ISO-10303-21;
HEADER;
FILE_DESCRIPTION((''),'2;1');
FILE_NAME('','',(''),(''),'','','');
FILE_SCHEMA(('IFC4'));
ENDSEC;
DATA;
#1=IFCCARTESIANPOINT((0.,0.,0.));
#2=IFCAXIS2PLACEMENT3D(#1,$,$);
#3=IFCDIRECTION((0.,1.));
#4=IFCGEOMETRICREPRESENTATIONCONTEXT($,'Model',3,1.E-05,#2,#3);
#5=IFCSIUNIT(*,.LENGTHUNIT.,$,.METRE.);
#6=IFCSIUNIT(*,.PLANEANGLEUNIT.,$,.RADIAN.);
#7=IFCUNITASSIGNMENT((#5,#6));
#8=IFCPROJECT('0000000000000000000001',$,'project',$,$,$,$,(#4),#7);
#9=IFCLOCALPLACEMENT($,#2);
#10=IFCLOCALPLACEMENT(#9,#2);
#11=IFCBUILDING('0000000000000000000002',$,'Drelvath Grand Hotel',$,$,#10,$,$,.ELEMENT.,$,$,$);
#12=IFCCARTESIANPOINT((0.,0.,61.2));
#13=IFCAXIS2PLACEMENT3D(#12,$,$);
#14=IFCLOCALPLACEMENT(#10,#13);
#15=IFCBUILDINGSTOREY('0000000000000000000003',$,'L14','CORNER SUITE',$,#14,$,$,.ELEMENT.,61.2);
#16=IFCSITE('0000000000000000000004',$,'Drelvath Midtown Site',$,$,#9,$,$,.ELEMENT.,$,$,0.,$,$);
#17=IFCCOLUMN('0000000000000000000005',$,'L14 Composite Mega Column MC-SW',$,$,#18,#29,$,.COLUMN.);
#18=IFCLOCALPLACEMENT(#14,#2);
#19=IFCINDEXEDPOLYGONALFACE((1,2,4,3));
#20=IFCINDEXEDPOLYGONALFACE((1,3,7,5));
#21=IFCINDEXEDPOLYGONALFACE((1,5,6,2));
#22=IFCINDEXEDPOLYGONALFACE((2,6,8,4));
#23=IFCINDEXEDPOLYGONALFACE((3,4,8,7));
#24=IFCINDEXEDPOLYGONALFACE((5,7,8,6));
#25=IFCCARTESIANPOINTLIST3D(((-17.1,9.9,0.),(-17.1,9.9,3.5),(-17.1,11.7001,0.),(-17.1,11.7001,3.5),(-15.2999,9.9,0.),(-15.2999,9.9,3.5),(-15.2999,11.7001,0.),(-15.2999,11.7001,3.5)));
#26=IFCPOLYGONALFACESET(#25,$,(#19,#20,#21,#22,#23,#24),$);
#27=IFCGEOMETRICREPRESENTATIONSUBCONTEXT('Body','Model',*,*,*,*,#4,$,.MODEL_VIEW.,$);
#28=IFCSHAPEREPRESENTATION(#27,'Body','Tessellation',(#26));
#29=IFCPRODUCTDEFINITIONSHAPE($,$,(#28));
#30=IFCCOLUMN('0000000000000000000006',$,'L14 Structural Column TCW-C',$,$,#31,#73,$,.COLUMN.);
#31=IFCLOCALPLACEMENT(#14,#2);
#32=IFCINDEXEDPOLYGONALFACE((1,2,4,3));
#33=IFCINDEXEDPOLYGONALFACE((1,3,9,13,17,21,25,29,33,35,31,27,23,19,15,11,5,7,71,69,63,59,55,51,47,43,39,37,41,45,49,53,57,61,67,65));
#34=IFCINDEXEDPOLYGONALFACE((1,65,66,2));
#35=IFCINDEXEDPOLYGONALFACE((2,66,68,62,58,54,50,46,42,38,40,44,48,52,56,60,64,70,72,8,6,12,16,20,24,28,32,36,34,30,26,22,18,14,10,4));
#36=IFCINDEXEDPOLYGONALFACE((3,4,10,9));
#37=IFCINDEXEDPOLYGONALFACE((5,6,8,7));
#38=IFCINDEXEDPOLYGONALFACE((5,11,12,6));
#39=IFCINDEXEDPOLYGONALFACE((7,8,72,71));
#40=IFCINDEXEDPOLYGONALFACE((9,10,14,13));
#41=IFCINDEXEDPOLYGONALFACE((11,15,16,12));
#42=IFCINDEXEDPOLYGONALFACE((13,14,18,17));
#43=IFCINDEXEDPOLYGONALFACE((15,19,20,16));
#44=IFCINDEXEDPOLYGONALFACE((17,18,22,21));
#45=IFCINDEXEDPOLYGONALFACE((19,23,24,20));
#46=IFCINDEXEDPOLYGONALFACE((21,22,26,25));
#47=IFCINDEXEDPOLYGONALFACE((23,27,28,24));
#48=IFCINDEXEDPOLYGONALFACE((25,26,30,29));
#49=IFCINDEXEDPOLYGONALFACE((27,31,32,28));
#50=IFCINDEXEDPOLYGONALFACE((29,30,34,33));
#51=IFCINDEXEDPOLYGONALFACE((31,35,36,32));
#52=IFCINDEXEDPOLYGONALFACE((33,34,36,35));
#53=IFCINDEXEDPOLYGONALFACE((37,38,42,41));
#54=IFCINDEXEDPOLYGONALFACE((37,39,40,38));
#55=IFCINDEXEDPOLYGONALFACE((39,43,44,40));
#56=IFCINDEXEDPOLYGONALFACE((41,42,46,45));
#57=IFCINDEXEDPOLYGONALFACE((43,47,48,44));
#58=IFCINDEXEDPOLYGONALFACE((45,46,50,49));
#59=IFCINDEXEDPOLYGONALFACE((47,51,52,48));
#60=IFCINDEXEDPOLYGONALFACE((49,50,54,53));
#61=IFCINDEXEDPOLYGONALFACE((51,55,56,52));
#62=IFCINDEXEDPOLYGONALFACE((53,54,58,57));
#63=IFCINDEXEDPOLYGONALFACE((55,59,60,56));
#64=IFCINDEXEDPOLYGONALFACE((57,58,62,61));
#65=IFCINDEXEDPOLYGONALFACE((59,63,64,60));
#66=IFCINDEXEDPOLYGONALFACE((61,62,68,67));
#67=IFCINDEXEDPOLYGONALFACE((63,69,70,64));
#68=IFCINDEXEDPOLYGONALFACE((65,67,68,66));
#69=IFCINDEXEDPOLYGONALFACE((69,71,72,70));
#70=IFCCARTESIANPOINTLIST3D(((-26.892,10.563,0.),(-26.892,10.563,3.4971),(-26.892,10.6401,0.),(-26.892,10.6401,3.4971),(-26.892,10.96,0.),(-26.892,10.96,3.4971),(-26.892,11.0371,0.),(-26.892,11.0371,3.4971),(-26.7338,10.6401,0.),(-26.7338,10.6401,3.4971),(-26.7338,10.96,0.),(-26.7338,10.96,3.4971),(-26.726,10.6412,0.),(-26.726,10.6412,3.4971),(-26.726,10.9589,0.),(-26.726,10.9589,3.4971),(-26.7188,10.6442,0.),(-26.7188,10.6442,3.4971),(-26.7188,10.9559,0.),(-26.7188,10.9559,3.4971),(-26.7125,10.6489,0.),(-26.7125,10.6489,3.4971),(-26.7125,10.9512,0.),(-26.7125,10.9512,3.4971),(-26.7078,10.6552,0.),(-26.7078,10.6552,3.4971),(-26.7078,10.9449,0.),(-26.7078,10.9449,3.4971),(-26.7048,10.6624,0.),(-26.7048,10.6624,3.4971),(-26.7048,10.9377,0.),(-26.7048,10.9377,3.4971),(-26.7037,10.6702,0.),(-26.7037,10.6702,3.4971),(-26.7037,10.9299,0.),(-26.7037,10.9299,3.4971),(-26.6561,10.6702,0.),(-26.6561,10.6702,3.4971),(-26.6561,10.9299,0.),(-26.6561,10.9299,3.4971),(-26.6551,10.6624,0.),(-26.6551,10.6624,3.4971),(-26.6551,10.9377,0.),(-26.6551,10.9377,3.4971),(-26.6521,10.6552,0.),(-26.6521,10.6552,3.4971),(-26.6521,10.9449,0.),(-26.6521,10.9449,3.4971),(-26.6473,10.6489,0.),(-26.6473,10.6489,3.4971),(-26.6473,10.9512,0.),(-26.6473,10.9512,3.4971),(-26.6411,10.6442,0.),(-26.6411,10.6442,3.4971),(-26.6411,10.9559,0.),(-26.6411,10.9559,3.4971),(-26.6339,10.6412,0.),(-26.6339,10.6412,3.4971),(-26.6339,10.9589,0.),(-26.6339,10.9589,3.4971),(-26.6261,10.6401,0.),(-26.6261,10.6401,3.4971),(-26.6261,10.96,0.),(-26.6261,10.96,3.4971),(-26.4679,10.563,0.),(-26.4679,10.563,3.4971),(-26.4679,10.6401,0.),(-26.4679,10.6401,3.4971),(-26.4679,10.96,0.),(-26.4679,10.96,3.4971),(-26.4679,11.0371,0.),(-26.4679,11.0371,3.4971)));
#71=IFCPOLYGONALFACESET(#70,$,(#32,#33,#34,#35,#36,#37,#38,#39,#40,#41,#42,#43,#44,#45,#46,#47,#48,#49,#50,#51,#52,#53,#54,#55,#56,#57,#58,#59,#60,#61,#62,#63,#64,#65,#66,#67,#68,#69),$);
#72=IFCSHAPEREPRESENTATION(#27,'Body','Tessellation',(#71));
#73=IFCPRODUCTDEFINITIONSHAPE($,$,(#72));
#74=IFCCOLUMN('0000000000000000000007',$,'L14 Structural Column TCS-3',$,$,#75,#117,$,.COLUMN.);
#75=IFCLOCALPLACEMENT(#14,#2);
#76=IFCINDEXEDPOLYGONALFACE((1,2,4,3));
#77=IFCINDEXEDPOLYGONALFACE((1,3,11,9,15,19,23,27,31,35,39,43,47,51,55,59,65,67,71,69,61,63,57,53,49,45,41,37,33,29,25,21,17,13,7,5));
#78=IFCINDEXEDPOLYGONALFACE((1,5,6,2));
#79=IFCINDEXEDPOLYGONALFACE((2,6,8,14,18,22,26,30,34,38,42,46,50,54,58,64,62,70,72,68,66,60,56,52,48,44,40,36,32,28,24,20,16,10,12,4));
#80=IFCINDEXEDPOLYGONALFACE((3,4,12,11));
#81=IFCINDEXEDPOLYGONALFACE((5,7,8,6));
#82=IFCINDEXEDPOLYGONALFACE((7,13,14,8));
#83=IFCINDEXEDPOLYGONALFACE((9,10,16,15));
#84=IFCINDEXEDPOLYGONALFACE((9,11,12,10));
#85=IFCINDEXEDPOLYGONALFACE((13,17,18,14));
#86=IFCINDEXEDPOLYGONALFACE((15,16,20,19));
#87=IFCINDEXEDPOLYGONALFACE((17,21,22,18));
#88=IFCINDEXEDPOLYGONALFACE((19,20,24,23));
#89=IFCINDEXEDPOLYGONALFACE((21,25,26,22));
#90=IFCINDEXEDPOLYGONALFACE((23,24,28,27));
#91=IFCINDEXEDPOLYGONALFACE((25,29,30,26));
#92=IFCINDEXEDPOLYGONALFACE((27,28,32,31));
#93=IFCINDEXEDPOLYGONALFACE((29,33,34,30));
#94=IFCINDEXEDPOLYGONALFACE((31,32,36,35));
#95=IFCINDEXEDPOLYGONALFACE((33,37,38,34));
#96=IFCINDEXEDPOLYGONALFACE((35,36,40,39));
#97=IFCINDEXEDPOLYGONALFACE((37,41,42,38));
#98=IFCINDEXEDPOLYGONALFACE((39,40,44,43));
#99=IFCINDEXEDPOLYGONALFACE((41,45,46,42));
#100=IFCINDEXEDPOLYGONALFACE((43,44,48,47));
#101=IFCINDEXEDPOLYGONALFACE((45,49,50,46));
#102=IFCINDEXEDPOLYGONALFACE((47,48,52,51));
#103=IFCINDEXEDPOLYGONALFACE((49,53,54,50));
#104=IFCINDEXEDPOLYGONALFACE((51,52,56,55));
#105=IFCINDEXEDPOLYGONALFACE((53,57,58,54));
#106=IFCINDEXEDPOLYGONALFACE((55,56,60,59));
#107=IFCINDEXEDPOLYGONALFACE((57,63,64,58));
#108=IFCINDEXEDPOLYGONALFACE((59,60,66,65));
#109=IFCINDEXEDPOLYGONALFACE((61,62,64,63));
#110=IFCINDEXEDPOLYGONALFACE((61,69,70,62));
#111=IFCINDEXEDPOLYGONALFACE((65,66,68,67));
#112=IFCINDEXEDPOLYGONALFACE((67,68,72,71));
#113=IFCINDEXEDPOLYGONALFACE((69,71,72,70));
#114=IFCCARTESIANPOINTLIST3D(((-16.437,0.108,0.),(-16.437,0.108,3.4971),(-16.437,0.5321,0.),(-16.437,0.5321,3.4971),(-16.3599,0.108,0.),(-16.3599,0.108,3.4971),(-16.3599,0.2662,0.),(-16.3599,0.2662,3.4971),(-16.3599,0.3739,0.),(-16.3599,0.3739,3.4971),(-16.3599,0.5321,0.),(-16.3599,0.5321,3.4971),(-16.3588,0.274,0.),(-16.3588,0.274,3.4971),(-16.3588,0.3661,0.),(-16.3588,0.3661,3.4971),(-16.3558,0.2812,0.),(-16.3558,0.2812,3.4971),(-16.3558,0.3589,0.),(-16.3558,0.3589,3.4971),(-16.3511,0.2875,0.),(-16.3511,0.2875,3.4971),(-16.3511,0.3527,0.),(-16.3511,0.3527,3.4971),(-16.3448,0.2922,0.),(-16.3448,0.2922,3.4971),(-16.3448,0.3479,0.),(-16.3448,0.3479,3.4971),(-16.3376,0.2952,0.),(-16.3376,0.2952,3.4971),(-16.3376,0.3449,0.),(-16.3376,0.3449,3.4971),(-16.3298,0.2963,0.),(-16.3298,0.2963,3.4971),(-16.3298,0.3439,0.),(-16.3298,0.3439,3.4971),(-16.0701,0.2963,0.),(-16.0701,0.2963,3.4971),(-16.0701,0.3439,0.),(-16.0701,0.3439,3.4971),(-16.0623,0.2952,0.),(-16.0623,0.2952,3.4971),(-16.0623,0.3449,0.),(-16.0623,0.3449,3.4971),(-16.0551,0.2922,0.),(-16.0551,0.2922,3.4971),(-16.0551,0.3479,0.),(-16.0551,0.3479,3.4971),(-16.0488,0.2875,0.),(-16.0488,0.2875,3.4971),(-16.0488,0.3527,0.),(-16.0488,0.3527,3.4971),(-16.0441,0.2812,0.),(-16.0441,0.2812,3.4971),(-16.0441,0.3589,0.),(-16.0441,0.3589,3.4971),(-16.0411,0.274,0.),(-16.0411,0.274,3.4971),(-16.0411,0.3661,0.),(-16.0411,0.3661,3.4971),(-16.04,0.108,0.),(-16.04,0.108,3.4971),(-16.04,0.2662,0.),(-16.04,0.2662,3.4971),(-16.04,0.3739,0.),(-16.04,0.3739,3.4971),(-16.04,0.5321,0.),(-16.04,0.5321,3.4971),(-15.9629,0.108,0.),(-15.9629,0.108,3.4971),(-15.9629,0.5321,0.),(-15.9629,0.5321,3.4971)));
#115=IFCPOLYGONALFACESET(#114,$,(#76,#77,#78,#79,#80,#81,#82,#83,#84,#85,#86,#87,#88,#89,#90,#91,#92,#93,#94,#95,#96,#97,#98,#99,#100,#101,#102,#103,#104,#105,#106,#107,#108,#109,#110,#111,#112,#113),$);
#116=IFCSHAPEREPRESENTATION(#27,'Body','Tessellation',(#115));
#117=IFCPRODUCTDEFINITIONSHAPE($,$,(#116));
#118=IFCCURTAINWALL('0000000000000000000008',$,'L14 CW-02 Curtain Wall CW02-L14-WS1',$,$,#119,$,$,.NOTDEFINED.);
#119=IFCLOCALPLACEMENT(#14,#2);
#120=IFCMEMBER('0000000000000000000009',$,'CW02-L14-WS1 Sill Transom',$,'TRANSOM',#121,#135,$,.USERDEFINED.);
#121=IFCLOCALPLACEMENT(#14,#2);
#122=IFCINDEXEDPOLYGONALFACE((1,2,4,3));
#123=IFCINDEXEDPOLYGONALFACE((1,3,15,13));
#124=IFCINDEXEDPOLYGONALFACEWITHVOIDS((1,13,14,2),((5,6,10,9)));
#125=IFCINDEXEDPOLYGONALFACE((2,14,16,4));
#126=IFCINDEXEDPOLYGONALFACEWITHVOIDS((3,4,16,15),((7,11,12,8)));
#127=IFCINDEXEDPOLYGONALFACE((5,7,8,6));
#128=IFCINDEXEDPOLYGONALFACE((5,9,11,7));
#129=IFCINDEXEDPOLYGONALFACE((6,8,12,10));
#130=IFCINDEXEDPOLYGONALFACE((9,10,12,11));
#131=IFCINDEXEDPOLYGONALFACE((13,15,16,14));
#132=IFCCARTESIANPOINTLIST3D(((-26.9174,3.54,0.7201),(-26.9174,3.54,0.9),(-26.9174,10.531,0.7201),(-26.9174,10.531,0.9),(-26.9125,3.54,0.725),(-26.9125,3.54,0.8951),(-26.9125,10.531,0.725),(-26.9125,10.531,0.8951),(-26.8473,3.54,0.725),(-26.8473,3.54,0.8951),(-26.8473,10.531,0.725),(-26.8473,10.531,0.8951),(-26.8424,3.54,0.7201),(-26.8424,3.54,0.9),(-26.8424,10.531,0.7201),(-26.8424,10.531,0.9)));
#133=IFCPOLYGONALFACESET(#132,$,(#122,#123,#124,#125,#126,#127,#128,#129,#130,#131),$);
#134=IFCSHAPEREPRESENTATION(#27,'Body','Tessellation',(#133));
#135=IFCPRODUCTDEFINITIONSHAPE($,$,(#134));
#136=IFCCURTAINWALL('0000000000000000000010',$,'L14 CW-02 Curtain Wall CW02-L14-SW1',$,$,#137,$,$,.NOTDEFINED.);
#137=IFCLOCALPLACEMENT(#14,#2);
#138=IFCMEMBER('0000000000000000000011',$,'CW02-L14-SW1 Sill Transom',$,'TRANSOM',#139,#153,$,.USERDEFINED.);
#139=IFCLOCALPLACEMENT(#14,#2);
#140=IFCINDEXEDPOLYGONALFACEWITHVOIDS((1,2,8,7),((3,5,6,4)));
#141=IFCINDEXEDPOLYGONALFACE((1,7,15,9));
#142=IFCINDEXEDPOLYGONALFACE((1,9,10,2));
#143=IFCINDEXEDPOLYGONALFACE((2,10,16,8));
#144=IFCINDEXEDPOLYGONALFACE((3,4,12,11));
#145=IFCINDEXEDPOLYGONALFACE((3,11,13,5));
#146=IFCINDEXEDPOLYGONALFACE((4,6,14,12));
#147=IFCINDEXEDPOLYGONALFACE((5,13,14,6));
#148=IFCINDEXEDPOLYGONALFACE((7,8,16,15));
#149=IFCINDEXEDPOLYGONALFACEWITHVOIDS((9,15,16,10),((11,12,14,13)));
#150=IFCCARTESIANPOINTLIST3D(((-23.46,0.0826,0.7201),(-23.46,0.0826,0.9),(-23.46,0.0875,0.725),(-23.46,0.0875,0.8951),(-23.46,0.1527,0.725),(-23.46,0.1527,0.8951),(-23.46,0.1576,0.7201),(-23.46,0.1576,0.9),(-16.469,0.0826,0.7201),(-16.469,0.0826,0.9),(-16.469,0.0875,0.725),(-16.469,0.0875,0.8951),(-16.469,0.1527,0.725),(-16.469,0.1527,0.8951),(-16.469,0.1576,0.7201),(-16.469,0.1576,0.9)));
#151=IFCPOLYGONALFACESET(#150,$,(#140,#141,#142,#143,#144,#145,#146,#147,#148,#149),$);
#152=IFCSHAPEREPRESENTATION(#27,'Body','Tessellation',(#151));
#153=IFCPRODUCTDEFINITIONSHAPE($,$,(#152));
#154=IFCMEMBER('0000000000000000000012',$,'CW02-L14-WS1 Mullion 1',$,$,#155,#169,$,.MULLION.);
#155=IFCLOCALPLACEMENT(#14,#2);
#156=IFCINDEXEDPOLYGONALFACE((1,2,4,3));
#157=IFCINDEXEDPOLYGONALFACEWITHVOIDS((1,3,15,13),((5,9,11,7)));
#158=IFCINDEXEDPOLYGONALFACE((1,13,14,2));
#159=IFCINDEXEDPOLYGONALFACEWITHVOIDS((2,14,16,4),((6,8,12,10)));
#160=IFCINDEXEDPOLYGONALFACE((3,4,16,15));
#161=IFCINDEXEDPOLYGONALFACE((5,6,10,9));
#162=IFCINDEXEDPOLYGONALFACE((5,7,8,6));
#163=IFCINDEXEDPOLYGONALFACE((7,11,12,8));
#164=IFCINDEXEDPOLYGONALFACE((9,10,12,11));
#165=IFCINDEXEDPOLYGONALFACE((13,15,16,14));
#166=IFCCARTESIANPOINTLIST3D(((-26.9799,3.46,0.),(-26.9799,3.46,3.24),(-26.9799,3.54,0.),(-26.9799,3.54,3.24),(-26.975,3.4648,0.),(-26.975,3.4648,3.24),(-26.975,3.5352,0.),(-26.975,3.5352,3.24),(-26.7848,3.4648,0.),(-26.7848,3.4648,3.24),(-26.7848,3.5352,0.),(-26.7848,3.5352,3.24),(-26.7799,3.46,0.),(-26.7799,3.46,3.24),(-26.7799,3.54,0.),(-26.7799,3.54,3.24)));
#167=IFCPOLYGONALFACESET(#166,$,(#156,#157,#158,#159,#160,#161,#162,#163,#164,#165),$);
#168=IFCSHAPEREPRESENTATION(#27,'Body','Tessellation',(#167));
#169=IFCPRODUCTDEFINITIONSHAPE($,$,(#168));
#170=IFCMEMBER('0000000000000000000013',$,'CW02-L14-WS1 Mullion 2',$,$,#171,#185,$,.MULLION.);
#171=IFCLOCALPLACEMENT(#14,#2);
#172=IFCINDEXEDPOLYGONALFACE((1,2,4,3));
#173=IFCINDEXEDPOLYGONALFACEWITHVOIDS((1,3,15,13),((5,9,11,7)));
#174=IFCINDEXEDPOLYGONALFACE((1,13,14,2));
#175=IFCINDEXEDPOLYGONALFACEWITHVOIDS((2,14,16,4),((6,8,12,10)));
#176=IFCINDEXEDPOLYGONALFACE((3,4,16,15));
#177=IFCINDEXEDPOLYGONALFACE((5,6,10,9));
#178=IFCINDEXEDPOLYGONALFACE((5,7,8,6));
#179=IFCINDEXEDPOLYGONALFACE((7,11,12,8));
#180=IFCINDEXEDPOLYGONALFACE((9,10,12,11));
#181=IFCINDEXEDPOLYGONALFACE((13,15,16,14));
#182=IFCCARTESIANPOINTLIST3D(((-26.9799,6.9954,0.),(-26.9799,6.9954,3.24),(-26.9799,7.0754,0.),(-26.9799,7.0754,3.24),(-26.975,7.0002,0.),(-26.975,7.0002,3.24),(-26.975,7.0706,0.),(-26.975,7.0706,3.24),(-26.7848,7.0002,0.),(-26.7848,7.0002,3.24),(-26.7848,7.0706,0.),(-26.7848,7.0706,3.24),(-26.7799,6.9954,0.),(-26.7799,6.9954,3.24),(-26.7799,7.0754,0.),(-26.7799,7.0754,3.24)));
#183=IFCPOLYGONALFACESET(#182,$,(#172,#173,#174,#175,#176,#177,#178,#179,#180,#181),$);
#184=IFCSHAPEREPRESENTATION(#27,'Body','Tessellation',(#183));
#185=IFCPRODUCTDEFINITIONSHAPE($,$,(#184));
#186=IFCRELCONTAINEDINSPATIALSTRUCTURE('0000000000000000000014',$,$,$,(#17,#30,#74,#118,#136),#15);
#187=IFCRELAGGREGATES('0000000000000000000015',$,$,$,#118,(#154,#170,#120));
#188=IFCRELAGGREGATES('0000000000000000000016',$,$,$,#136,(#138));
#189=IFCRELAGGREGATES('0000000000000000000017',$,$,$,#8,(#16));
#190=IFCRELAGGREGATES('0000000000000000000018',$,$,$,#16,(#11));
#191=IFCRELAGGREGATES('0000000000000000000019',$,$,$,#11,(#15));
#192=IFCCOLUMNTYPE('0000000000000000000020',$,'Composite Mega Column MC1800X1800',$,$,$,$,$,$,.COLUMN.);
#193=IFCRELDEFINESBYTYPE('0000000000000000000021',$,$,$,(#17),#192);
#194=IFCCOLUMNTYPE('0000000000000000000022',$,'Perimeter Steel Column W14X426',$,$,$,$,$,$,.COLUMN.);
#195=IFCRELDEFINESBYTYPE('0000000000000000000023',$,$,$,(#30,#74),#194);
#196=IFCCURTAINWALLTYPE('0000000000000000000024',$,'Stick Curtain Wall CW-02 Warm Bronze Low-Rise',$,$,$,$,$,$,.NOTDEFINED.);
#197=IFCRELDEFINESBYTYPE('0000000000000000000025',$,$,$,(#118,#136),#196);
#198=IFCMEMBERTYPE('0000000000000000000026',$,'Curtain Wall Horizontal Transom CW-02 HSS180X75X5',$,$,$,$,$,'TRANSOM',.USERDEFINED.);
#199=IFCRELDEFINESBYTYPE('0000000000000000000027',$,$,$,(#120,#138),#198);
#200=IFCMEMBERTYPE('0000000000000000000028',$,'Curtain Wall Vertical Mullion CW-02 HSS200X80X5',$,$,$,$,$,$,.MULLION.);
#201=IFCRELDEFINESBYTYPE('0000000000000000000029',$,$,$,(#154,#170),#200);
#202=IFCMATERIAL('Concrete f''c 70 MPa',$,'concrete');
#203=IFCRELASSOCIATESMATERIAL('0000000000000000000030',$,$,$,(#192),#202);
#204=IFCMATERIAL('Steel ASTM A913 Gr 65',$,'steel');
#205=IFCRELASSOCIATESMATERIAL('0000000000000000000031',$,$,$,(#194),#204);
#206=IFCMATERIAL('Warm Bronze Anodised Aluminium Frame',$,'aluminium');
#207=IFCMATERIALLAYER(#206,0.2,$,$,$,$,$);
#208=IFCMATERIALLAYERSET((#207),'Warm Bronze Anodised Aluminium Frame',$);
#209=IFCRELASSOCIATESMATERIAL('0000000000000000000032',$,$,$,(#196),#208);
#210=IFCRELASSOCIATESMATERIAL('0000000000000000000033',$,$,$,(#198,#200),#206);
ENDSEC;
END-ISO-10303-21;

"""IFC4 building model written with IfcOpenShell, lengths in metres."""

from ifc_helpers import new_model, si_unit, direction, frame, origin, origin_2d, place, context, subcontext, project, spatial, rectangle, hollow_rectangle, i_section, extrude, material, layer, layer_set, material_profile, profile_set, type_object, element, aggregate, save


model = new_model("IFC4")

# Units and contexts
model_context = context("Model", 3, precision=1e-05, world=origin(), true_north=direction((0.0, 1.0)))
body_context = subcontext(model_context, "Body", "Model", "MODEL_VIEW")
ifc_project = project(units=[si_unit("LENGTHUNIT", "METRE"), si_unit("PLANEANGLEUNIT", "RADIAN")], contexts=[model_context])

# Site, building, storey
site_placement = place(None, origin())
site = spatial("IfcSite", under=ifc_project, at=site_placement, Name="Drelvath Midtown Site", CompositionType="ELEMENT", RefElevation=0.0)
building_placement = place(site_placement, origin())
building = spatial("IfcBuilding", under=site, at=building_placement, Name="Drelvath Grand Hotel", CompositionType="ELEMENT")
storey_placement = place(building_placement, frame((0.0, 0.0, 61.2)))
storey = spatial("IfcBuildingStorey", under=building, at=storey_placement, Name="L14", Description="CORNER SUITE", CompositionType="ELEMENT", Elevation=61.2)

# Columns
ifc_material_1 = material(Name="Concrete f'c 70 MPa", Category="concrete")
ifc_material_profile_1 = material_profile(ifc_material_1, rectangle(XDim=1.8, YDim=1.8, at=origin_2d()), Name="MC1800X1800")
ifc_profile_set_1 = profile_set([ifc_material_profile_1], Name="Concrete f'c 70 MPa")
column_type_1 = type_object("IfcColumnType", Name="Composite Mega Column MC1800X1800", PredefinedType="COLUMN", material=ifc_profile_set_1)
column_placement = place(storey_placement, frame((-16.2, 10.8, 0.0), z_axis=(0.0, 0.0, 1.0), x_axis=(1.0, 0.0, 0.0)))
element("IfcColumn", 1, at=column_placement, inside=storey, type_object=column_type_1, Name="L14 Composite Mega Column MC-SW", PredefinedType="COLUMN", context=body_context, shape_type="SweptSolid", body=[
    extrude(rectangle(XDim=1.8, YDim=1.8, at=origin_2d()), origin(), (0.0, 0.0, 1.0), 3.5),
])
ifc_material_2 = material(Name="Steel ASTM A913 Gr 65", Category="steel")
ifc_material_profile_2 = material_profile(ifc_material_2, i_section(OverallWidth=0.4241, OverallDepth=0.4741, WebThickness=0.0476, FlangeThickness=0.0771, FilletRadius=0.03, at=origin_2d()), Name="W14X426")
ifc_profile_set_2 = profile_set([ifc_material_profile_2], Name="Steel ASTM A913 Gr 65")
column_type_2 = type_object("IfcColumnType", Name="Perimeter Steel Column W14X426", PredefinedType="COLUMN", material=ifc_profile_set_2)
for number, where, z_axis, x_axis, name in (
    (2, (-26.6799, 10.8, 0.0), (0.0, 0.0, 1.0), (1.0, 0.0, 0.0), "L14 Structural Column TCW-C"),
    (3, (-16.2, 0.3201, 0.0), (0.0, 0.0, 1.0), (0.0, 1.0, 0.0), "L14 Structural Column TCS-3"),
):
    element("IfcColumn", number, at=place(storey_placement, frame(where, z_axis=z_axis, x_axis=x_axis)), inside=storey, type_object=column_type_2, Name=name, PredefinedType="COLUMN", context=body_context, shape_type="SweptSolid", body=[
        extrude(i_section(OverallWidth=0.4241, OverallDepth=0.4741, WebThickness=0.0476, FlangeThickness=0.0771, FilletRadius=0.03, at=origin_2d()), origin(), (0.0, 0.0, 1.0), 3.4971),
    ])

# Curtain walls, members
ifc_material_3 = material(Name="Warm Bronze Anodised Aluminium Frame", Category="aluminium")
ifc_layer_1 = layer(ifc_material_3, 0.2)
ifc_layer_set_1 = layer_set([ifc_layer_1], Name="Warm Bronze Anodised Aluminium Frame")
curtain_wall_type = type_object("IfcCurtainWallType", Name="Stick Curtain Wall CW-02 Warm Bronze Low-Rise", PredefinedType="NOTDEFINED", material=ifc_layer_set_1)
curtain_wall_1_placement = place(storey_placement, origin())
curtain_wall_1 = element("IfcCurtainWall", 4, at=curtain_wall_1_placement, inside=storey, type_object=curtain_wall_type, Name="L14 CW-02 Curtain Wall CW02-L14-WS1", PredefinedType="NOTDEFINED")
ifc_material_profile_3 = material_profile(ifc_material_3, hollow_rectangle(XDim=0.075, YDim=0.1799, WallThickness=0.0049, at=origin_2d()), Name="HSS180X75X5")
ifc_profile_set_3 = profile_set([ifc_material_profile_3], Name="Warm Bronze Anodised Aluminium Frame")
member_type_1 = type_object("IfcMemberType", Name="Curtain Wall Horizontal Transom CW-02 HSS180X75X5", ElementType="TRANSOM", PredefinedType="USERDEFINED", material=ifc_profile_set_3)
member_1_placement = place(storey_placement, frame((-26.8799, 3.54, 0.8101), z_axis=(0.0, 1.0, 0.0), x_axis=(-1.0, 0.0, 0.0)))
member_1 = element("IfcMember", 5, at=member_1_placement, type_object=member_type_1, Name="CW02-L14-WS1 Sill Transom", ObjectType="TRANSOM", PredefinedType="USERDEFINED", context=body_context, shape_type="SweptSolid", body=[
    extrude(hollow_rectangle(XDim=0.075, YDim=0.1799, WallThickness=0.0049, at=origin_2d()), origin(), (0.0, 0.0, 1.0), 6.991),
])
curtain_wall_2_placement = place(storey_placement, origin())
curtain_wall_2 = element("IfcCurtainWall", 6, at=curtain_wall_2_placement, inside=storey, type_object=curtain_wall_type, Name="L14 CW-02 Curtain Wall CW02-L14-SW1", PredefinedType="NOTDEFINED")
member_2_placement = place(storey_placement, frame((-16.469, 0.1201, 0.8101), z_axis=(-1.0, 0.0, 0.0), x_axis=(0.0, -1.0, 0.0)))
member_2 = element("IfcMember", 7, at=member_2_placement, type_object=member_type_1, Name="CW02-L14-SW1 Sill Transom", ObjectType="TRANSOM", PredefinedType="USERDEFINED", context=body_context, shape_type="SweptSolid", body=[
    extrude(hollow_rectangle(XDim=0.075, YDim=0.1799, WallThickness=0.0049, at=origin_2d()), origin(), (0.0, 0.0, 1.0), 6.991),
])

# Members
ifc_material_profile_4 = material_profile(ifc_material_3, hollow_rectangle(XDim=0.0801, YDim=0.2, WallThickness=0.0049, at=origin_2d()), Name="HSS200X80X5")
ifc_profile_set_4 = profile_set([ifc_material_profile_4], Name="Warm Bronze Anodised Aluminium Frame")
member_type_2 = type_object("IfcMemberType", Name="Curtain Wall Vertical Mullion CW-02 HSS200X80X5", PredefinedType="MULLION", material=ifc_profile_set_4)
member_3_placement = place(storey_placement, frame((-26.8799, 3.5, 0.0), z_axis=(0.0, 0.0, 1.0), x_axis=(0.0, 1.0, 0.0)))
member_3 = element("IfcMember", 8, at=member_3_placement, type_object=member_type_2, Name="CW02-L14-WS1 Mullion 1", PredefinedType="MULLION", context=body_context, shape_type="SweptSolid", body=[
    extrude(hollow_rectangle(XDim=0.0801, YDim=0.2, WallThickness=0.0049, at=origin_2d()), origin(), (0.0, 0.0, 1.0), 3.24),
])
member_4_placement = place(storey_placement, frame((-26.8799, 7.0354, 0.0), z_axis=(0.0, 0.0, 1.0), x_axis=(0.0, 1.0, 0.0)))
member_4 = element("IfcMember", 9, at=member_4_placement, type_object=member_type_2, Name="CW02-L14-WS1 Mullion 2", PredefinedType="MULLION", context=body_context, shape_type="SweptSolid", body=[
    extrude(hollow_rectangle(XDim=0.0801, YDim=0.2, WallThickness=0.0049, at=origin_2d()), origin(), (0.0, 0.0, 1.0), 3.24),
])

aggregate(curtain_wall_1, [member_3, member_4, member_1])
aggregate(curtain_wall_2, [member_2])

save(model, "model.ifc")
